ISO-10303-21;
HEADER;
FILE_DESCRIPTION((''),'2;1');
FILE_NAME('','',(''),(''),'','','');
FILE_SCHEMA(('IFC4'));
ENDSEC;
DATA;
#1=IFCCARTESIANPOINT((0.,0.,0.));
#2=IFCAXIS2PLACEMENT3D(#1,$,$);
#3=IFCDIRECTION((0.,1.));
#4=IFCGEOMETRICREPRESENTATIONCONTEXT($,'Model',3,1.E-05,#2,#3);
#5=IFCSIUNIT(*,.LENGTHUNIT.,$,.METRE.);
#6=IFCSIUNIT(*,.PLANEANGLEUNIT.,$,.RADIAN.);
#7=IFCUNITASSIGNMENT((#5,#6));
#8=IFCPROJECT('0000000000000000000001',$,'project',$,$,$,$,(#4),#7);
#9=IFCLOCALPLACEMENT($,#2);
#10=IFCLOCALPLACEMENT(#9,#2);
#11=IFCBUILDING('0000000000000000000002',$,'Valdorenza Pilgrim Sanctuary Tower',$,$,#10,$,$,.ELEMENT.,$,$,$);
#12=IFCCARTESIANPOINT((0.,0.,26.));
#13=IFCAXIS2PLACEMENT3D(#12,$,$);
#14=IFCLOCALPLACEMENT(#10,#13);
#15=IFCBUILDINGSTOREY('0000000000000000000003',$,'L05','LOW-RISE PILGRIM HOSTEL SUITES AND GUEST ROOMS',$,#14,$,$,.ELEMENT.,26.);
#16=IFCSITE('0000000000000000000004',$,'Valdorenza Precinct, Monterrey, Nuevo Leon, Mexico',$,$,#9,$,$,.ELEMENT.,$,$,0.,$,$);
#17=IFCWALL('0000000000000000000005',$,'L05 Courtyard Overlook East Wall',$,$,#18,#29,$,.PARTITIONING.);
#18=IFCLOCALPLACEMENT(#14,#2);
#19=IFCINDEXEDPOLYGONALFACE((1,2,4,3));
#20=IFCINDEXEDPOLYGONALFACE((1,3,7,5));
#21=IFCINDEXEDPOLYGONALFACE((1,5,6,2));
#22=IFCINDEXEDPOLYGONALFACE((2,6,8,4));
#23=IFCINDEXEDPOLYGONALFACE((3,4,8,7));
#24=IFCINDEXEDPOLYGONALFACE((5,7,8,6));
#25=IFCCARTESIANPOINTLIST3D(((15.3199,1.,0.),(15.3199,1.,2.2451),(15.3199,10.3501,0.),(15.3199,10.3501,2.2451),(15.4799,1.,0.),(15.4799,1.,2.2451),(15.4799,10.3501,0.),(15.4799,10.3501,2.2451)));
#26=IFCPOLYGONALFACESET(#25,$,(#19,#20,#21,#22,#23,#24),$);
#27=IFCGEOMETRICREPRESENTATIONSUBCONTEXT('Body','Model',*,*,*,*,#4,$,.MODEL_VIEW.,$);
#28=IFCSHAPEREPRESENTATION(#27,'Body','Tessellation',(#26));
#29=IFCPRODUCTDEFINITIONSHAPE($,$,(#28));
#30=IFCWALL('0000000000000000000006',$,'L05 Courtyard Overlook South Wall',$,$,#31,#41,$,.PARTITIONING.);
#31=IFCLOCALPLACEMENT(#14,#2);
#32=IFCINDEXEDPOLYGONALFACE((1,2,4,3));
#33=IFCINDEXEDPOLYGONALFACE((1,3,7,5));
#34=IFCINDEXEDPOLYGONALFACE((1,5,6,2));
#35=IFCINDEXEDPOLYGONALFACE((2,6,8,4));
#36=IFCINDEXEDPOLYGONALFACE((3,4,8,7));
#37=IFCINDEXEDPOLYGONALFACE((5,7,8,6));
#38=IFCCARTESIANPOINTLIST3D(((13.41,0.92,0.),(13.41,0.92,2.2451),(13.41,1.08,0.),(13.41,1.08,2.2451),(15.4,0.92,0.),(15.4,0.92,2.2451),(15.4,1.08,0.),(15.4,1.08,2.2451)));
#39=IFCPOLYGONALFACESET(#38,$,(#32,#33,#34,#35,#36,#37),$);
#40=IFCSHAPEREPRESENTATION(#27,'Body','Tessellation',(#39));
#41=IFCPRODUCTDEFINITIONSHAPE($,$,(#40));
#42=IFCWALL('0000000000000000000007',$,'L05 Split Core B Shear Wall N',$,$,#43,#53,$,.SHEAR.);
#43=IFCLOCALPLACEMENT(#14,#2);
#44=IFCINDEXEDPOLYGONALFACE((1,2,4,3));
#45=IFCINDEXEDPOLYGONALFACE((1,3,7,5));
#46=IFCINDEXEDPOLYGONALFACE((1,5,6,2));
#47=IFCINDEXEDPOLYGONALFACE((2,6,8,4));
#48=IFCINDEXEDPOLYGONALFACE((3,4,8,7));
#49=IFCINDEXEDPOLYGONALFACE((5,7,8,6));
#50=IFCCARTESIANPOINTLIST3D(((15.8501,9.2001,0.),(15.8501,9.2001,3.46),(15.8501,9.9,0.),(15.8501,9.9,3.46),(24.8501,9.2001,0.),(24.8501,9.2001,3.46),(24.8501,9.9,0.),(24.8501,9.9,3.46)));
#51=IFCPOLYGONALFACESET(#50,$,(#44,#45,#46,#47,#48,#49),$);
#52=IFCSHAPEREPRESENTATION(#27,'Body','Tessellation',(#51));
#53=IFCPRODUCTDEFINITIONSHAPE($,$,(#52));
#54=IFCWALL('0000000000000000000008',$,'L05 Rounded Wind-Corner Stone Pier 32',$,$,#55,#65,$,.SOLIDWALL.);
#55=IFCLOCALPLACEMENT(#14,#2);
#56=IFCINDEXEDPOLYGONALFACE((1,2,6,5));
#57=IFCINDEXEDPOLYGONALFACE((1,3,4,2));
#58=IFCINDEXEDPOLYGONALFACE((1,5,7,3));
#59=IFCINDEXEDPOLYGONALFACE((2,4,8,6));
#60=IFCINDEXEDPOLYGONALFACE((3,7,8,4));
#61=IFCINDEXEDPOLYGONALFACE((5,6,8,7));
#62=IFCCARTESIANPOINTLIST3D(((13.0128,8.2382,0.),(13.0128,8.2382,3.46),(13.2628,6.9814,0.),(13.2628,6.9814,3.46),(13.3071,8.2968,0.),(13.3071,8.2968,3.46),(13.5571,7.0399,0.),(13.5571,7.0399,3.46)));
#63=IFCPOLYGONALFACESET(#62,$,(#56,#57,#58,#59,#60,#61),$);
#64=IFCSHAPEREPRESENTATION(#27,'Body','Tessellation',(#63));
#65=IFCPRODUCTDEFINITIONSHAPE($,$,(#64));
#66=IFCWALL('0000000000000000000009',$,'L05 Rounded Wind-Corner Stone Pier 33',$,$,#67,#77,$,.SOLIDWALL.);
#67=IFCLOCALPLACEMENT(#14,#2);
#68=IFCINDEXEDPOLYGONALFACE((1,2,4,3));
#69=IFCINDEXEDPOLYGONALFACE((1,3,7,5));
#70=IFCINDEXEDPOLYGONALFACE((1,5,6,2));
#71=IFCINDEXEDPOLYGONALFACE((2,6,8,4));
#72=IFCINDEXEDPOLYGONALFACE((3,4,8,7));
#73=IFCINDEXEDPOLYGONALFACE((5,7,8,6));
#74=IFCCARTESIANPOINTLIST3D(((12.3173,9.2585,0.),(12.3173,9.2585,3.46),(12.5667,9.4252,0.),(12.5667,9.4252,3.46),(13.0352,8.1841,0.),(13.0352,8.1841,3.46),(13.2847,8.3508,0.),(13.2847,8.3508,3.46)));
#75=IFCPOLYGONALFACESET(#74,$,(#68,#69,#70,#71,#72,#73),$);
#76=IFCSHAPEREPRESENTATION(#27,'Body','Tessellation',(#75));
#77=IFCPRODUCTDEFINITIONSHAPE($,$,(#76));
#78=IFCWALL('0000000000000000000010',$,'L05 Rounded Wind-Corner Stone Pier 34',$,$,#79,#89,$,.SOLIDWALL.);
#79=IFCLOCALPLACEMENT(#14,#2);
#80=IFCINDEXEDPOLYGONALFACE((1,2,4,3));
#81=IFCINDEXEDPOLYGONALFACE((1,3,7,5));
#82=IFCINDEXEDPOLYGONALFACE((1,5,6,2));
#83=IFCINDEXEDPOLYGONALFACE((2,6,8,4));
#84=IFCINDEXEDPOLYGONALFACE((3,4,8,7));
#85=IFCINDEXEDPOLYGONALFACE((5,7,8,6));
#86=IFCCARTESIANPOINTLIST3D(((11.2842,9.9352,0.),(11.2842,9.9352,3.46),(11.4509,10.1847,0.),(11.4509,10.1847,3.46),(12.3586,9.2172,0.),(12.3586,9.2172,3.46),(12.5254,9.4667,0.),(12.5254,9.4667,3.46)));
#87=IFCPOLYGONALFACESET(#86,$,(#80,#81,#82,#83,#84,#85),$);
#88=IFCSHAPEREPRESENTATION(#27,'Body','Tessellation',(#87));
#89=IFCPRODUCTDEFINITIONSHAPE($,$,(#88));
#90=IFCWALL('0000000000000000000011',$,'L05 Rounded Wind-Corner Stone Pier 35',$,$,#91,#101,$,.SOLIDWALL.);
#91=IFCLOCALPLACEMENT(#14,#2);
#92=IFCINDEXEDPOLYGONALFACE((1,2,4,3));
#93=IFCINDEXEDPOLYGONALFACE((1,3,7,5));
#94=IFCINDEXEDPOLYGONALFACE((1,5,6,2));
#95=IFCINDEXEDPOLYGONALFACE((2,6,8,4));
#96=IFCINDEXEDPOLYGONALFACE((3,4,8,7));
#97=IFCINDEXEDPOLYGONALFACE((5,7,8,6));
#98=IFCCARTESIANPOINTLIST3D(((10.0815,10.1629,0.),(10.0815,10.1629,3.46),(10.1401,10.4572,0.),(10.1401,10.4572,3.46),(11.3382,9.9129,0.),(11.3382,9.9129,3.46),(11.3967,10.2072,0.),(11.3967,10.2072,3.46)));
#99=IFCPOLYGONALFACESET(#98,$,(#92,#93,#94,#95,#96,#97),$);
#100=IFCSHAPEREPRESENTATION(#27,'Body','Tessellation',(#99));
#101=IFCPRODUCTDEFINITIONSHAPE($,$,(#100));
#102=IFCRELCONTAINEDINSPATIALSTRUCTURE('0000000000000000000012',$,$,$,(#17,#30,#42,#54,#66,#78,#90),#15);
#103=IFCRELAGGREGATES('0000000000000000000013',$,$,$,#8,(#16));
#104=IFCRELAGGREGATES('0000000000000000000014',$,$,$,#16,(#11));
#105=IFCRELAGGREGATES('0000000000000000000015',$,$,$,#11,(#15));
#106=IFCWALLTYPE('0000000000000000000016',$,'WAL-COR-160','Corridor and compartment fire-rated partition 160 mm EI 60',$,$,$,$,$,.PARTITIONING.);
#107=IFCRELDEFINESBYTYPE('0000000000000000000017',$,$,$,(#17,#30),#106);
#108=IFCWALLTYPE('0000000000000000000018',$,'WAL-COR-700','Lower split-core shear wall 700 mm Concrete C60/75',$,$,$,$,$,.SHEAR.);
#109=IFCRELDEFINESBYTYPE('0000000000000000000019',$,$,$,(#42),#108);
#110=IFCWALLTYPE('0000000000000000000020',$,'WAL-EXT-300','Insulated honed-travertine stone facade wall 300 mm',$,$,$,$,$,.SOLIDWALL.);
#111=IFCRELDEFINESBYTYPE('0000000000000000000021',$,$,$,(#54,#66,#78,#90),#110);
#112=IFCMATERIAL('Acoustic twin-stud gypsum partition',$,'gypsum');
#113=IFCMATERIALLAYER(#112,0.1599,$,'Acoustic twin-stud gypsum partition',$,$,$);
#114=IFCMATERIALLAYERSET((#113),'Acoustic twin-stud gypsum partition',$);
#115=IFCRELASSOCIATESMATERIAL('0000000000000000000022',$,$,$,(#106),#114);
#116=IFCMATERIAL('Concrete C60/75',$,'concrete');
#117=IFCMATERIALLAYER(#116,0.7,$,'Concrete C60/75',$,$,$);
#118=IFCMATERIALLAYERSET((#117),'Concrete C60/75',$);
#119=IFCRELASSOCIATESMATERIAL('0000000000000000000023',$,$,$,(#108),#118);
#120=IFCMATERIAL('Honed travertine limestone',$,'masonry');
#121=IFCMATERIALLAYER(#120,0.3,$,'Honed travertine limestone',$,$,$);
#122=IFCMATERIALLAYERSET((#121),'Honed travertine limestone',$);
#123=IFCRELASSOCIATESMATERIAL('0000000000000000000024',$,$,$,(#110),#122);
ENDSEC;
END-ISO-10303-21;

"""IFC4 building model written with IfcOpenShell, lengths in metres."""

from ifc_helpers import new_model, si_unit, direction, frame, frame_2d, origin, place, context, subcontext, project, spatial, rectangle, extrude, material, layer, layer_set, type_object, element, save


model = new_model("IFC4")

# Units and contexts
model_context = context("Model", 3, precision=1e-05, world=origin(), true_north=direction((0.0, 1.0)))
body_context = subcontext(model_context, "Body", "Model", "MODEL_VIEW")
ifc_project = project(units=[si_unit("LENGTHUNIT", "METRE"), si_unit("PLANEANGLEUNIT", "RADIAN")], contexts=[model_context])

# Site, building, storey
site_placement = place(None, origin())
site = spatial("IfcSite", under=ifc_project, at=site_placement, Name="Valdorenza Precinct, Monterrey, Nuevo Leon, Mexico", CompositionType="ELEMENT", RefElevation=0.0)
building_placement = place(site_placement, origin())
building = spatial("IfcBuilding", under=site, at=building_placement, Name="Valdorenza Pilgrim Sanctuary Tower", CompositionType="ELEMENT")
storey_placement = place(building_placement, frame((0.0, 0.0, 26.0)))
storey = spatial("IfcBuildingStorey", under=building, at=storey_placement, Name="L05", Description="LOW-RISE PILGRIM HOSTEL SUITES AND GUEST ROOMS", CompositionType="ELEMENT", Elevation=26.0)

# Shared definitions
ifc_material_1 = material(Name="Concrete C60/75", Category="concrete")

# Shared definitions
ifc_material_2 = material(Name="Honed travertine limestone", Category="masonry")

# Shared definitions
ifc_material_3 = material(Name="Acoustic twin-stud gypsum partition", Category="gypsum")
ifc_layer_1 = layer(ifc_material_3, 0.1599, Name="Acoustic twin-stud gypsum partition")
ifc_layer_set_1 = layer_set([ifc_layer_1], Name="Acoustic twin-stud gypsum partition")
wall_type_1 = type_object("IfcWallType", Name="WAL-COR-160", Description="Corridor and compartment fire-rated partition 160 mm EI 60", PredefinedType="PARTITIONING", material=ifc_layer_set_1)

# Walls
wall_1_placement = place(storey_placement, frame((15.3999, 1.0, 0.0), z_axis=(0.0, 0.0, 1.0), x_axis=(0.0, 1.0, 0.0)))
element("IfcWall", 1, at=wall_1_placement, inside=storey, type_object=wall_type_1, Name="L05 Courtyard Overlook East Wall", PredefinedType="PARTITIONING", context=body_context, shape_type="SweptSolid", body=[
    extrude(rectangle(XDim=9.3501, YDim=0.1599, at=frame_2d((4.675, 0.0))), origin(), (0.0, 0.0, 1.0), 2.2451),
])
wall_2_placement = place(storey_placement, frame((13.4099, 1.0, 0.0), z_axis=(0.0, 0.0, 1.0), x_axis=(1.0, 0.0, 0.0)))
element("IfcWall", 2, at=wall_2_placement, inside=storey, type_object=wall_type_1, Name="L05 Courtyard Overlook South Wall", PredefinedType="PARTITIONING", context=body_context, shape_type="SweptSolid", body=[
    extrude(rectangle(XDim=1.99, YDim=0.1599, at=frame_2d((0.9951, 0.0))), origin(), (0.0, 0.0, 1.0), 2.2451),
])
ifc_layer_2 = layer(ifc_material_1, 0.7, Name="Concrete C60/75")
ifc_layer_set_2 = layer_set([ifc_layer_2], Name="Concrete C60/75")
wall_type_2 = type_object("IfcWallType", Name="WAL-COR-700", Description="Lower split-core shear wall 700 mm Concrete C60/75", PredefinedType="SHEAR", material=ifc_layer_set_2)
wall_3_placement = place(storey_placement, frame((15.8501, 9.55, 0.0), z_axis=(0.0, 0.0, 1.0), x_axis=(1.0, 0.0, 0.0)))
element("IfcWall", 3, at=wall_3_placement, inside=storey, type_object=wall_type_2, Name="L05 Split Core B Shear Wall N", PredefinedType="SHEAR", context=body_context, shape_type="SweptSolid", body=[
    extrude(rectangle(XDim=9.0, YDim=0.7, at=frame_2d((4.5, 0.0))), origin(), (0.0, 0.0, 1.0), 3.46),
])
ifc_layer_3 = layer(ifc_material_2, 0.3, Name="Honed travertine limestone")
ifc_layer_set_3 = layer_set([ifc_layer_3], Name="Honed travertine limestone")
wall_type_3 = type_object("IfcWallType", Name="WAL-EXT-300", Description="Insulated honed-travertine stone facade wall 300 mm", PredefinedType="SOLIDWALL", material=ifc_layer_set_3)
wall_4_placement = place(storey_placement, frame((13.4099, 7.0107, 0.0), z_axis=(0.0, 0.0, 1.0), x_axis=(-0.19509, 0.980785, 0.0)))
element("IfcWall", 4, at=wall_4_placement, inside=storey, type_object=wall_type_3, Name="L05 Rounded Wind-Corner Stone Pier 32", PredefinedType="SOLIDWALL", context=body_context, shape_type="SweptSolid", body=[
    extrude(rectangle(XDim=1.2815, YDim=0.3, at=frame_2d((0.6406, 0.0))), origin(), (0.0, 0.0, 1.0), 3.46),
])
for number, where, z_axis, x_axis, name in (
    (5, (13.1599, 8.2676, 0.0), (0.0, 0.0, 1.0), (-0.555615, 0.831439, 0.0), "L05 Rounded Wind-Corner Stone Pier 33"),
    (6, (12.4419, 9.342, 0.0), (0.0, 0.0, 1.0), (-0.831439, 0.555615, 0.0), "L05 Rounded Wind-Corner Stone Pier 34"),
):
    element("IfcWall", number, at=place(storey_placement, frame(where, z_axis=z_axis, x_axis=x_axis)), inside=storey, type_object=wall_type_3, Name=name, PredefinedType="SOLIDWALL", context=body_context, shape_type="SweptSolid", body=[
        extrude(rectangle(XDim=1.2922, YDim=0.3, at=frame_2d((0.646, 0.0))), origin(), (0.0, 0.0, 1.0), 3.46),
    ])
wall_5_placement = place(storey_placement, frame((11.3674, 10.0601, 0.0), z_axis=(0.0, 0.0, 1.0), x_axis=(-0.980778, 0.195127, 0.0)))
element("IfcWall", 7, at=wall_5_placement, inside=storey, type_object=wall_type_3, Name="L05 Rounded Wind-Corner Stone Pier 35", PredefinedType="SOLIDWALL", context=body_context, shape_type="SweptSolid", body=[
    extrude(rectangle(XDim=1.2812, YDim=0.3, at=frame_2d((0.6406, 0.0))), origin(), (0.0, 0.0, 1.0), 3.46),
])

save(model, "model.ifc")
